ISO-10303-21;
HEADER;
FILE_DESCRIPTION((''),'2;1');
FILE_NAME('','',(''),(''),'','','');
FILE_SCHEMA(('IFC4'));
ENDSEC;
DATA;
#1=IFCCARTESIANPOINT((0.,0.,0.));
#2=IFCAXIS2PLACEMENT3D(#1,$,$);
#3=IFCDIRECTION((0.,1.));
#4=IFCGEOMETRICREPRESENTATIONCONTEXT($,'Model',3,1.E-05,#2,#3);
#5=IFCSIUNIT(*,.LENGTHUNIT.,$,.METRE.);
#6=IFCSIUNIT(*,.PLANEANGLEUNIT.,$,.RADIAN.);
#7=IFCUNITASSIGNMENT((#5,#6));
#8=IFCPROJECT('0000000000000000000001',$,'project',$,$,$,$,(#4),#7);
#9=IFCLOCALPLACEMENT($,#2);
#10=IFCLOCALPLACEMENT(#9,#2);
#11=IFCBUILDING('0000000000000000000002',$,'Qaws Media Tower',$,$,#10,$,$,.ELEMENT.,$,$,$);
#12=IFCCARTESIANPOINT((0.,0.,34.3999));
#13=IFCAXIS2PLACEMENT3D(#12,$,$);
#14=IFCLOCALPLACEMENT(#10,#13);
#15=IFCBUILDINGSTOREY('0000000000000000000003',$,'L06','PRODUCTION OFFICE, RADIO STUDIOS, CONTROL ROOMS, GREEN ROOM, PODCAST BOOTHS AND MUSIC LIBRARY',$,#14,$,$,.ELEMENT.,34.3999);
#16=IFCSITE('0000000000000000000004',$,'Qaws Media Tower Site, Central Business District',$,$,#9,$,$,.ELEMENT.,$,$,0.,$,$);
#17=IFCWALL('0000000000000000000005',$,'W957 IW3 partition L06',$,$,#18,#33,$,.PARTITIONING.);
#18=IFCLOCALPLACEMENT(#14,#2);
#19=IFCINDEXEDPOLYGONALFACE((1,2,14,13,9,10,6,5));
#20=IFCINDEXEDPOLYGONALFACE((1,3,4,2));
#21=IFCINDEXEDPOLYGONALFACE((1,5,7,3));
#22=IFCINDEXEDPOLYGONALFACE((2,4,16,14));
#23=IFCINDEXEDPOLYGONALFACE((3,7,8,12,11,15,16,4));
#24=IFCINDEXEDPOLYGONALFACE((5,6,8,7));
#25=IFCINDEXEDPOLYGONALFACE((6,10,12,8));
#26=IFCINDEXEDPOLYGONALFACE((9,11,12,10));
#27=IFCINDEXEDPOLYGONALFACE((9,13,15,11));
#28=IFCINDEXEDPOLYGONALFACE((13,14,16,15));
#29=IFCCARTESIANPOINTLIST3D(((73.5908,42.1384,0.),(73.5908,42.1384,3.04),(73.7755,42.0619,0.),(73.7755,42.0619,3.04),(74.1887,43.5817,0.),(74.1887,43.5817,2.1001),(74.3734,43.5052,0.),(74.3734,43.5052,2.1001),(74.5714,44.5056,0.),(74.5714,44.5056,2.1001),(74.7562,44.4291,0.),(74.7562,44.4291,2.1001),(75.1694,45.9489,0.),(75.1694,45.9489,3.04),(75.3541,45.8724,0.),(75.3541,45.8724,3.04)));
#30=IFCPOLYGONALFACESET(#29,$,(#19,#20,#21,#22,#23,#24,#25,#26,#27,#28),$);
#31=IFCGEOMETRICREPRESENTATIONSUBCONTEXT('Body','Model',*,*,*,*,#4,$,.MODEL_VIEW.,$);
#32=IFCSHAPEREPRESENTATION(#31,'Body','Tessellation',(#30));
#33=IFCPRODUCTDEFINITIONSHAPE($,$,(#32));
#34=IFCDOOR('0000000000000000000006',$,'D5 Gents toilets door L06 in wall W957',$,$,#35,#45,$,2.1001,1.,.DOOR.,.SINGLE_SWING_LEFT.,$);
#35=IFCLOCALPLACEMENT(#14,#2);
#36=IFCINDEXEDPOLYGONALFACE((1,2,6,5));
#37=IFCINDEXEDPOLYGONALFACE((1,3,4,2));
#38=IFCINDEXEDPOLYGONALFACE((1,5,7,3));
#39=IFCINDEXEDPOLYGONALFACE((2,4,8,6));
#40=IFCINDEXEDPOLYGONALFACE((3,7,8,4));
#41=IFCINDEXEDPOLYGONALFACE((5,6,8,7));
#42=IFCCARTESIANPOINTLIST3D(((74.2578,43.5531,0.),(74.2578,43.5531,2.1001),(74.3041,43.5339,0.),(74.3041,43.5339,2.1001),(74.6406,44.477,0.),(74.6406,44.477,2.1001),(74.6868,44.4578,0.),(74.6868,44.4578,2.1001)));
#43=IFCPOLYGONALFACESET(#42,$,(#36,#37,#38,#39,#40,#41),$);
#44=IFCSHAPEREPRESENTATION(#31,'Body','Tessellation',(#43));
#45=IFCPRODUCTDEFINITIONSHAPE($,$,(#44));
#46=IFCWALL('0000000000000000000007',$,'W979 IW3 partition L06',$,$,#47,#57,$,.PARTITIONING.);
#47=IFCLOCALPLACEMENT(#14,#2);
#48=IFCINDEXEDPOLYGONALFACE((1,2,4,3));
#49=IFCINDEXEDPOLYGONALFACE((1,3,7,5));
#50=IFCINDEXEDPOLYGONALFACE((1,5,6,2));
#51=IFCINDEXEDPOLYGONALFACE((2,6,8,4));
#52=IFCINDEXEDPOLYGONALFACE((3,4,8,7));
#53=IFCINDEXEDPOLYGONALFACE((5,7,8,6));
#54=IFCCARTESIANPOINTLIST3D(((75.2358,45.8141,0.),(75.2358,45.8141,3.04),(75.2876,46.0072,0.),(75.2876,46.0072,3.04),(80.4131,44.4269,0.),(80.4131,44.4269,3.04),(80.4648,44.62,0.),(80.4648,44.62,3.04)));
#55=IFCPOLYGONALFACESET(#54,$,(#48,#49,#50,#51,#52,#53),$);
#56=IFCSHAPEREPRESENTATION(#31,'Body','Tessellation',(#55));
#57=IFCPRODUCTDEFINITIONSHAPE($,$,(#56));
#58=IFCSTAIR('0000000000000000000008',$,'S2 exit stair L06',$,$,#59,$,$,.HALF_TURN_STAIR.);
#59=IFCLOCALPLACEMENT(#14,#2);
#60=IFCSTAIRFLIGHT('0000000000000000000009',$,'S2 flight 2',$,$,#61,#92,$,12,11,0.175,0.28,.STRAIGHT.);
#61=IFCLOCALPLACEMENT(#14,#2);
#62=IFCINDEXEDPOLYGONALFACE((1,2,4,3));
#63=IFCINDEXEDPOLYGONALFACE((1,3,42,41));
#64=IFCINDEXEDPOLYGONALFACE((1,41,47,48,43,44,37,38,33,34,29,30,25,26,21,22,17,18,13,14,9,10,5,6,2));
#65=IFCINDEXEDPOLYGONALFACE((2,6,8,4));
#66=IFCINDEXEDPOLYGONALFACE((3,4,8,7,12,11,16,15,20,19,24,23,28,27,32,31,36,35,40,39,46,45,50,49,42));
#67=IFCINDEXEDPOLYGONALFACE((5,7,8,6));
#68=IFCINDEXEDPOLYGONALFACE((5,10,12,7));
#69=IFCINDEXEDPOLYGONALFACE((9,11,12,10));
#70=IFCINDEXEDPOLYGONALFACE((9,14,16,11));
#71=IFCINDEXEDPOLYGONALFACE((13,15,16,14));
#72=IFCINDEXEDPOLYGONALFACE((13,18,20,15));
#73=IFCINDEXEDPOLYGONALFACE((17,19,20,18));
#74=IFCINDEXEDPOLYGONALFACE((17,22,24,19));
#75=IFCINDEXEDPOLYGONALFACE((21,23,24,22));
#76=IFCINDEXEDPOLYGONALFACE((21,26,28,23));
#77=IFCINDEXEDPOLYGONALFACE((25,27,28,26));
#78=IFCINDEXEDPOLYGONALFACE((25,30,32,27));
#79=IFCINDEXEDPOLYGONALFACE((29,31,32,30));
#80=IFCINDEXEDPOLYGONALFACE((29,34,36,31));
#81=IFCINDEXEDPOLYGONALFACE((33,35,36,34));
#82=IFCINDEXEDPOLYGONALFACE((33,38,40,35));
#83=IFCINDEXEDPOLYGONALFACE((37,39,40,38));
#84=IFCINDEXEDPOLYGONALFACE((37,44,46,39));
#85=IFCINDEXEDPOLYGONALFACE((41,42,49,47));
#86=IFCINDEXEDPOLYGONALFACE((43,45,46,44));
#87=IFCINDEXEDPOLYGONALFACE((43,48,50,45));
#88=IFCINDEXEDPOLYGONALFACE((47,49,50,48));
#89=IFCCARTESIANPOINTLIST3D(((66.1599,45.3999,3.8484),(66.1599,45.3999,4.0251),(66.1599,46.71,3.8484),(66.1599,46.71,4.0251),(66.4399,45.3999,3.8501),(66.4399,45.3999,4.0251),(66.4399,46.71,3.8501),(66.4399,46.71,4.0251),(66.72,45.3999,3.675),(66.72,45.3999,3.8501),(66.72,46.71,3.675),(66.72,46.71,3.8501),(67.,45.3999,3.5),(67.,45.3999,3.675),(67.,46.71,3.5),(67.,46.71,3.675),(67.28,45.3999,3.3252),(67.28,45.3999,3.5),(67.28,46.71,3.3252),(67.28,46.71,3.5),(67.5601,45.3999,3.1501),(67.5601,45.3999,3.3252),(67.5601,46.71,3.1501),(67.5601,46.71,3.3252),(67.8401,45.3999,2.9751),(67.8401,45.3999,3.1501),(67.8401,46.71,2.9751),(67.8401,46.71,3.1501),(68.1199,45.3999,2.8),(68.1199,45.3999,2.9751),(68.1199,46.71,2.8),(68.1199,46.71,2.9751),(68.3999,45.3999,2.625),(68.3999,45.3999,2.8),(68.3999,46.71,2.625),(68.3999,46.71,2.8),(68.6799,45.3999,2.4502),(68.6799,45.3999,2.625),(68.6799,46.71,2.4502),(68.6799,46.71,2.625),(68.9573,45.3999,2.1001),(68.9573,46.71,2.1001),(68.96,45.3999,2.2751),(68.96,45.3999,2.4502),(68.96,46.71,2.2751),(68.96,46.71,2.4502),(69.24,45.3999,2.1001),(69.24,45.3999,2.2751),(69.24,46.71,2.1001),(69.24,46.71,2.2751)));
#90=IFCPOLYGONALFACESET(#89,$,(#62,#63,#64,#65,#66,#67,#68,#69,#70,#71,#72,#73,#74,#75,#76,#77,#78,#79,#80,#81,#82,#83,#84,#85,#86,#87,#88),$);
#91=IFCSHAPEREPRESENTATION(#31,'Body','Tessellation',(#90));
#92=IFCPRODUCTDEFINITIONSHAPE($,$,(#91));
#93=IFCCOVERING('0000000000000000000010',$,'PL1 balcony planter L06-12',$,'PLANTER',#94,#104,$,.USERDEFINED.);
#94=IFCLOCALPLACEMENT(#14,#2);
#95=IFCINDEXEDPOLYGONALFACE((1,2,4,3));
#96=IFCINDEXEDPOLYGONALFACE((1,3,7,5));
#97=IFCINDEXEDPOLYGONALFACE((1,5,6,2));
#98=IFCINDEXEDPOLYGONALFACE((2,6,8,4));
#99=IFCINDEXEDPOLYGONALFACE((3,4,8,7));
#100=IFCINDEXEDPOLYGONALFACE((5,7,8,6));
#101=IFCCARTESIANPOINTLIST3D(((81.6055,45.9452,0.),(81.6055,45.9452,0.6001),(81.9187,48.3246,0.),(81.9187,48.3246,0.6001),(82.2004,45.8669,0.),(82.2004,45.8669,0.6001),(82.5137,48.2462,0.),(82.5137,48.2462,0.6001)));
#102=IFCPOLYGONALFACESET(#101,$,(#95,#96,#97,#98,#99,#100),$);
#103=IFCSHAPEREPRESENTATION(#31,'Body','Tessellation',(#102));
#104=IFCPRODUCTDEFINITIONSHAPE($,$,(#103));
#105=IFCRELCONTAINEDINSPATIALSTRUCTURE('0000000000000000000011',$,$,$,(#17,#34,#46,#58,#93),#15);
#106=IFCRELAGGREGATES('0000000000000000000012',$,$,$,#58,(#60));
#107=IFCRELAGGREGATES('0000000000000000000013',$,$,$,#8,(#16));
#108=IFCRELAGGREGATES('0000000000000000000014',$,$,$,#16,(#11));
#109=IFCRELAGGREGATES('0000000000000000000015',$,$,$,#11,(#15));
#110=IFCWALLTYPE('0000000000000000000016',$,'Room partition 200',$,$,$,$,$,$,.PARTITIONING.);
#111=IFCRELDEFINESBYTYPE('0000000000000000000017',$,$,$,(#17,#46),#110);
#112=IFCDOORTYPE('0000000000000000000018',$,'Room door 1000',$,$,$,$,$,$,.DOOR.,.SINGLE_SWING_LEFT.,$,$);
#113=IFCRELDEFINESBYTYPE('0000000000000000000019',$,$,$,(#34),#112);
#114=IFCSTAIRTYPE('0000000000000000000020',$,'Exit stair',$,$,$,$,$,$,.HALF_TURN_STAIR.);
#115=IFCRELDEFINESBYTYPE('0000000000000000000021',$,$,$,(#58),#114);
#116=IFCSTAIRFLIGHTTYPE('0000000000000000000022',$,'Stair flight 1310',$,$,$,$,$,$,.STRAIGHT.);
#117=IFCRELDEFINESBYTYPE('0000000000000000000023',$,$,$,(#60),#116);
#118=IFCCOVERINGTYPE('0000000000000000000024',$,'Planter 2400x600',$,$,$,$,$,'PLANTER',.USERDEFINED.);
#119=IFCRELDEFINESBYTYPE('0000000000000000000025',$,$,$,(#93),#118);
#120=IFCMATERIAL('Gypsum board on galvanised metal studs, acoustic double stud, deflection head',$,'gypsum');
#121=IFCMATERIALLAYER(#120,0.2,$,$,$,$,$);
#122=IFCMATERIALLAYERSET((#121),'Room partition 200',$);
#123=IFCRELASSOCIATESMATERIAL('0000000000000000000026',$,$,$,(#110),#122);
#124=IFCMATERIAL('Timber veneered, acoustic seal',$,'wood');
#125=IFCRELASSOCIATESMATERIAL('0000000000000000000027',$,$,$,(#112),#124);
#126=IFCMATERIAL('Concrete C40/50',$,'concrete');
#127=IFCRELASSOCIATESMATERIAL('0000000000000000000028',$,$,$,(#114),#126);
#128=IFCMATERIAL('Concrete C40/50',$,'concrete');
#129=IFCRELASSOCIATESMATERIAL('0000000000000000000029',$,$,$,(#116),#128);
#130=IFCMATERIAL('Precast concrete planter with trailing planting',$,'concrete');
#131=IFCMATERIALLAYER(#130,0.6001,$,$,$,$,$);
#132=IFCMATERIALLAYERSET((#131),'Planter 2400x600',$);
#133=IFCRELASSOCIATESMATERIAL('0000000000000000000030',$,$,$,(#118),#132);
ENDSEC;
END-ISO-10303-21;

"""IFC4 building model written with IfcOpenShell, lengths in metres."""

from ifc_helpers import new_model, si_unit, direction, frame, frame_2d, origin, origin_2d, place, context, subcontext, project, spatial, polyline, rectangle, outline, extrude, material, layer, layer_set, type_object, element, fill, aggregate, save


model = new_model("IFC4")

# Units and contexts
model_context = context("Model", 3, precision=1e-05, world=origin(), true_north=direction((0.0, 1.0)))
body_context = subcontext(model_context, "Body", "Model", "MODEL_VIEW")
ifc_project = project(units=[si_unit("LENGTHUNIT", "METRE"), si_unit("PLANEANGLEUNIT", "RADIAN")], contexts=[model_context])

# Site, building, storey
site_placement = place(None, origin())
site = spatial("IfcSite", under=ifc_project, at=site_placement, Name="Qaws Media Tower Site, Central Business District", CompositionType="ELEMENT", RefElevation=0.0)
building_placement = place(site_placement, origin())
building = spatial("IfcBuilding", under=site, at=building_placement, Name="Qaws Media Tower", CompositionType="ELEMENT")
storey_placement = place(building_placement, frame((0.0, 0.0, 34.3999)))
storey = spatial("IfcBuildingStorey", under=building, at=storey_placement, Name="L06", Description="PRODUCTION OFFICE, RADIO STUDIOS, CONTROL ROOMS, GREEN ROOM, PODCAST BOOTHS AND MUSIC LIBRARY", CompositionType="ELEMENT", Elevation=34.3999)

# Wall, opening, door
ifc_material_1 = material(Name="Gypsum board on galvanised metal studs, acoustic double stud, deflection head", Category="gypsum")
ifc_layer_1 = layer(ifc_material_1, 0.2)
ifc_layer_set_1 = layer_set([ifc_layer_1], Name="Room partition 200")
wall_type_1 = type_object("IfcWallType", Name="Room partition 200", PredefinedType="PARTITIONING", material=ifc_layer_set_1)
wall_1_placement = place(storey_placement, frame((75.2617, 45.9106, 0.0), z_axis=(0.0, 0.0, 1.0), x_axis=(-0.382732, -0.92386, 0.0)))
wall_1 = element("IfcWall", 1, at=wall_1_placement, inside=storey, type_object=wall_type_1, Name="W957 IW3 partition L06", PredefinedType="PARTITIONING", context=body_context, shape_type="SweptSolid", body=[
    extrude(rectangle(XDim=4.1245, YDim=0.2, at=frame_2d((2.0623, 0.0))), origin(), (0.0, 0.0, 1.0), 3.04),
])
opening_1_placement = place(wall_1_placement, frame((1.5623, 0.0, 0.0)))
opening_1 = element("IfcOpeningElement", 2, at=opening_1_placement, cuts=wall_1, PredefinedType="OPENING", context=body_context, shape_type="SweptSolid", body=[
    extrude(rectangle(XDim=1.0, YDim=2.1001, at=frame_2d((0.5, 1.05))), frame((0.0, 0.1099, 0.0), z_axis=(0.0, -1.0, 0.0), x_axis=(1.0, 0.0, 0.0)), (0.0, 0.0, 1.0), 0.22),
])
ifc_material_2 = material(Name="Timber veneered, acoustic seal", Category="wood")
door_type_1 = type_object("IfcDoorType", Name="Room door 1000", OperationType="SINGLE_SWING_LEFT", PredefinedType="DOOR", material=ifc_material_2)
door_1_placement = place(opening_1_placement, origin())
door_1 = element("IfcDoor", 3, at=door_1_placement, inside=storey, type_object=door_type_1, Name="D5 Gents toilets door L06 in wall W957", OperationType="SINGLE_SWING_LEFT", OverallHeight=2.1001, OverallWidth=1.0, PredefinedType="DOOR", context=body_context, shape_type="SweptSolid", body=[
    extrude(rectangle(XDim=1.0, YDim=2.1001, at=frame_2d((0.5, 1.05))), frame((0.0, 0.0249, 0.0), z_axis=(0.0, -1.0, 0.0), x_axis=(1.0, 0.0, 0.0)), (0.0, 0.0, 1.0), 0.05),
])
fill(opening_1, door_1)

# Wall
wall_2_placement = place(storey_placement, frame((75.2617, 45.9106, 0.0), z_axis=(0.0, 0.0, 1.0), x_axis=(0.965927, -0.258813, 0.0)))
element("IfcWall", 4, at=wall_2_placement, inside=storey, type_object=wall_type_1, Name="W979 IW3 partition L06", PredefinedType="PARTITIONING", context=body_context, shape_type="SweptSolid", body=[
    extrude(rectangle(XDim=5.3599, YDim=0.2, at=frame_2d((2.6799, 0.0))), origin(), (0.0, 0.0, 1.0), 3.04),
])

# Stair, stair flight
ifc_material_3 = material(Name="Concrete C40/50", Category="concrete")
stair_type = type_object("IfcStairType", Name="Exit stair", PredefinedType="HALF_TURN_STAIR", material=ifc_material_3)
stair_placement = place(storey_placement, origin())
stair = element("IfcStair", 5, at=stair_placement, inside=storey, type_object=stair_type, Name="S2 exit stair L06", PredefinedType="HALF_TURN_STAIR")
ifc_material_4 = material(Name="Concrete C40/50", Category="concrete")
stair_flight_type = type_object("IfcStairFlightType", Name="Stair flight 1310", PredefinedType="STRAIGHT", material=ifc_material_4)
stair_flight_placement = place(storey_placement, frame((69.24, 46.0549, 2.1001), z_axis=(0.0, 0.0, 1.0), x_axis=(-1.0, 0.0, 0.0)))
stair_flight = element("IfcStairFlight", 6, at=stair_flight_placement, type_object=stair_flight_type, Name="S2 flight 2", NumberOfRisers=12, NumberOfTreads=11, PredefinedType="STRAIGHT", RiserHeight=0.175, TreadLength=0.28, context=body_context, shape_type="SweptSolid", body=[
    extrude(outline(polyline([(0.0, 0.0), (0.0, 0.175), (0.28, 0.175), (0.28, 0.3501), (0.5601, 0.3501), (0.5601, 0.5249), (0.8401, 0.5249), (0.8401, 0.7), (1.1201, 0.7), (1.1201, 0.875), (1.3999, 0.875), (1.3999, 1.05), (1.6799, 1.05), (1.6799, 1.2251), (1.96, 1.2251), (1.96, 1.3999), (2.24, 1.3999), (2.24, 1.575), (2.52, 1.575), (2.52, 1.75), (2.8, 1.75), (2.8, 1.925), (3.0801, 1.925), (3.0801, 2.1001), (3.0801, 1.7483), (0.2827, 0.0), (0.0, 0.0)])), frame((0.0, 0.655, 0.0), z_axis=(0.0, -1.0, 0.0), x_axis=(1.0, 0.0, 0.0)), (0.0, 0.0, 1.0), 1.3101),
])
aggregate(stair, [stair_flight])

# Covering
ifc_material_5 = material(Name="Precast concrete planter with trailing planting", Category="concrete")
ifc_layer_2 = layer(ifc_material_5, 0.6001)
ifc_layer_set_2 = layer_set([ifc_layer_2], Name="Planter 2400x600")
covering_type = type_object("IfcCoveringType", Name="Planter 2400x600", ElementType="PLANTER", PredefinedType="USERDEFINED", material=ifc_layer_set_2)
covering_placement = place(storey_placement, frame((82.0596, 47.0957, 0.0), z_axis=(0.0, 0.0, 1.0), x_axis=(0.130526, 0.991445, 0.0)))
element("IfcCovering", 7, at=covering_placement, inside=storey, type_object=covering_type, Name="PL1 balcony planter L06-12", ObjectType="PLANTER", PredefinedType="USERDEFINED", context=body_context, shape_type="SweptSolid", body=[
    extrude(rectangle(XDim=2.3999, YDim=0.6001, at=origin_2d()), origin(), (0.0, 0.0, 1.0), 0.6001),
])

save(model, "model.ifc")
